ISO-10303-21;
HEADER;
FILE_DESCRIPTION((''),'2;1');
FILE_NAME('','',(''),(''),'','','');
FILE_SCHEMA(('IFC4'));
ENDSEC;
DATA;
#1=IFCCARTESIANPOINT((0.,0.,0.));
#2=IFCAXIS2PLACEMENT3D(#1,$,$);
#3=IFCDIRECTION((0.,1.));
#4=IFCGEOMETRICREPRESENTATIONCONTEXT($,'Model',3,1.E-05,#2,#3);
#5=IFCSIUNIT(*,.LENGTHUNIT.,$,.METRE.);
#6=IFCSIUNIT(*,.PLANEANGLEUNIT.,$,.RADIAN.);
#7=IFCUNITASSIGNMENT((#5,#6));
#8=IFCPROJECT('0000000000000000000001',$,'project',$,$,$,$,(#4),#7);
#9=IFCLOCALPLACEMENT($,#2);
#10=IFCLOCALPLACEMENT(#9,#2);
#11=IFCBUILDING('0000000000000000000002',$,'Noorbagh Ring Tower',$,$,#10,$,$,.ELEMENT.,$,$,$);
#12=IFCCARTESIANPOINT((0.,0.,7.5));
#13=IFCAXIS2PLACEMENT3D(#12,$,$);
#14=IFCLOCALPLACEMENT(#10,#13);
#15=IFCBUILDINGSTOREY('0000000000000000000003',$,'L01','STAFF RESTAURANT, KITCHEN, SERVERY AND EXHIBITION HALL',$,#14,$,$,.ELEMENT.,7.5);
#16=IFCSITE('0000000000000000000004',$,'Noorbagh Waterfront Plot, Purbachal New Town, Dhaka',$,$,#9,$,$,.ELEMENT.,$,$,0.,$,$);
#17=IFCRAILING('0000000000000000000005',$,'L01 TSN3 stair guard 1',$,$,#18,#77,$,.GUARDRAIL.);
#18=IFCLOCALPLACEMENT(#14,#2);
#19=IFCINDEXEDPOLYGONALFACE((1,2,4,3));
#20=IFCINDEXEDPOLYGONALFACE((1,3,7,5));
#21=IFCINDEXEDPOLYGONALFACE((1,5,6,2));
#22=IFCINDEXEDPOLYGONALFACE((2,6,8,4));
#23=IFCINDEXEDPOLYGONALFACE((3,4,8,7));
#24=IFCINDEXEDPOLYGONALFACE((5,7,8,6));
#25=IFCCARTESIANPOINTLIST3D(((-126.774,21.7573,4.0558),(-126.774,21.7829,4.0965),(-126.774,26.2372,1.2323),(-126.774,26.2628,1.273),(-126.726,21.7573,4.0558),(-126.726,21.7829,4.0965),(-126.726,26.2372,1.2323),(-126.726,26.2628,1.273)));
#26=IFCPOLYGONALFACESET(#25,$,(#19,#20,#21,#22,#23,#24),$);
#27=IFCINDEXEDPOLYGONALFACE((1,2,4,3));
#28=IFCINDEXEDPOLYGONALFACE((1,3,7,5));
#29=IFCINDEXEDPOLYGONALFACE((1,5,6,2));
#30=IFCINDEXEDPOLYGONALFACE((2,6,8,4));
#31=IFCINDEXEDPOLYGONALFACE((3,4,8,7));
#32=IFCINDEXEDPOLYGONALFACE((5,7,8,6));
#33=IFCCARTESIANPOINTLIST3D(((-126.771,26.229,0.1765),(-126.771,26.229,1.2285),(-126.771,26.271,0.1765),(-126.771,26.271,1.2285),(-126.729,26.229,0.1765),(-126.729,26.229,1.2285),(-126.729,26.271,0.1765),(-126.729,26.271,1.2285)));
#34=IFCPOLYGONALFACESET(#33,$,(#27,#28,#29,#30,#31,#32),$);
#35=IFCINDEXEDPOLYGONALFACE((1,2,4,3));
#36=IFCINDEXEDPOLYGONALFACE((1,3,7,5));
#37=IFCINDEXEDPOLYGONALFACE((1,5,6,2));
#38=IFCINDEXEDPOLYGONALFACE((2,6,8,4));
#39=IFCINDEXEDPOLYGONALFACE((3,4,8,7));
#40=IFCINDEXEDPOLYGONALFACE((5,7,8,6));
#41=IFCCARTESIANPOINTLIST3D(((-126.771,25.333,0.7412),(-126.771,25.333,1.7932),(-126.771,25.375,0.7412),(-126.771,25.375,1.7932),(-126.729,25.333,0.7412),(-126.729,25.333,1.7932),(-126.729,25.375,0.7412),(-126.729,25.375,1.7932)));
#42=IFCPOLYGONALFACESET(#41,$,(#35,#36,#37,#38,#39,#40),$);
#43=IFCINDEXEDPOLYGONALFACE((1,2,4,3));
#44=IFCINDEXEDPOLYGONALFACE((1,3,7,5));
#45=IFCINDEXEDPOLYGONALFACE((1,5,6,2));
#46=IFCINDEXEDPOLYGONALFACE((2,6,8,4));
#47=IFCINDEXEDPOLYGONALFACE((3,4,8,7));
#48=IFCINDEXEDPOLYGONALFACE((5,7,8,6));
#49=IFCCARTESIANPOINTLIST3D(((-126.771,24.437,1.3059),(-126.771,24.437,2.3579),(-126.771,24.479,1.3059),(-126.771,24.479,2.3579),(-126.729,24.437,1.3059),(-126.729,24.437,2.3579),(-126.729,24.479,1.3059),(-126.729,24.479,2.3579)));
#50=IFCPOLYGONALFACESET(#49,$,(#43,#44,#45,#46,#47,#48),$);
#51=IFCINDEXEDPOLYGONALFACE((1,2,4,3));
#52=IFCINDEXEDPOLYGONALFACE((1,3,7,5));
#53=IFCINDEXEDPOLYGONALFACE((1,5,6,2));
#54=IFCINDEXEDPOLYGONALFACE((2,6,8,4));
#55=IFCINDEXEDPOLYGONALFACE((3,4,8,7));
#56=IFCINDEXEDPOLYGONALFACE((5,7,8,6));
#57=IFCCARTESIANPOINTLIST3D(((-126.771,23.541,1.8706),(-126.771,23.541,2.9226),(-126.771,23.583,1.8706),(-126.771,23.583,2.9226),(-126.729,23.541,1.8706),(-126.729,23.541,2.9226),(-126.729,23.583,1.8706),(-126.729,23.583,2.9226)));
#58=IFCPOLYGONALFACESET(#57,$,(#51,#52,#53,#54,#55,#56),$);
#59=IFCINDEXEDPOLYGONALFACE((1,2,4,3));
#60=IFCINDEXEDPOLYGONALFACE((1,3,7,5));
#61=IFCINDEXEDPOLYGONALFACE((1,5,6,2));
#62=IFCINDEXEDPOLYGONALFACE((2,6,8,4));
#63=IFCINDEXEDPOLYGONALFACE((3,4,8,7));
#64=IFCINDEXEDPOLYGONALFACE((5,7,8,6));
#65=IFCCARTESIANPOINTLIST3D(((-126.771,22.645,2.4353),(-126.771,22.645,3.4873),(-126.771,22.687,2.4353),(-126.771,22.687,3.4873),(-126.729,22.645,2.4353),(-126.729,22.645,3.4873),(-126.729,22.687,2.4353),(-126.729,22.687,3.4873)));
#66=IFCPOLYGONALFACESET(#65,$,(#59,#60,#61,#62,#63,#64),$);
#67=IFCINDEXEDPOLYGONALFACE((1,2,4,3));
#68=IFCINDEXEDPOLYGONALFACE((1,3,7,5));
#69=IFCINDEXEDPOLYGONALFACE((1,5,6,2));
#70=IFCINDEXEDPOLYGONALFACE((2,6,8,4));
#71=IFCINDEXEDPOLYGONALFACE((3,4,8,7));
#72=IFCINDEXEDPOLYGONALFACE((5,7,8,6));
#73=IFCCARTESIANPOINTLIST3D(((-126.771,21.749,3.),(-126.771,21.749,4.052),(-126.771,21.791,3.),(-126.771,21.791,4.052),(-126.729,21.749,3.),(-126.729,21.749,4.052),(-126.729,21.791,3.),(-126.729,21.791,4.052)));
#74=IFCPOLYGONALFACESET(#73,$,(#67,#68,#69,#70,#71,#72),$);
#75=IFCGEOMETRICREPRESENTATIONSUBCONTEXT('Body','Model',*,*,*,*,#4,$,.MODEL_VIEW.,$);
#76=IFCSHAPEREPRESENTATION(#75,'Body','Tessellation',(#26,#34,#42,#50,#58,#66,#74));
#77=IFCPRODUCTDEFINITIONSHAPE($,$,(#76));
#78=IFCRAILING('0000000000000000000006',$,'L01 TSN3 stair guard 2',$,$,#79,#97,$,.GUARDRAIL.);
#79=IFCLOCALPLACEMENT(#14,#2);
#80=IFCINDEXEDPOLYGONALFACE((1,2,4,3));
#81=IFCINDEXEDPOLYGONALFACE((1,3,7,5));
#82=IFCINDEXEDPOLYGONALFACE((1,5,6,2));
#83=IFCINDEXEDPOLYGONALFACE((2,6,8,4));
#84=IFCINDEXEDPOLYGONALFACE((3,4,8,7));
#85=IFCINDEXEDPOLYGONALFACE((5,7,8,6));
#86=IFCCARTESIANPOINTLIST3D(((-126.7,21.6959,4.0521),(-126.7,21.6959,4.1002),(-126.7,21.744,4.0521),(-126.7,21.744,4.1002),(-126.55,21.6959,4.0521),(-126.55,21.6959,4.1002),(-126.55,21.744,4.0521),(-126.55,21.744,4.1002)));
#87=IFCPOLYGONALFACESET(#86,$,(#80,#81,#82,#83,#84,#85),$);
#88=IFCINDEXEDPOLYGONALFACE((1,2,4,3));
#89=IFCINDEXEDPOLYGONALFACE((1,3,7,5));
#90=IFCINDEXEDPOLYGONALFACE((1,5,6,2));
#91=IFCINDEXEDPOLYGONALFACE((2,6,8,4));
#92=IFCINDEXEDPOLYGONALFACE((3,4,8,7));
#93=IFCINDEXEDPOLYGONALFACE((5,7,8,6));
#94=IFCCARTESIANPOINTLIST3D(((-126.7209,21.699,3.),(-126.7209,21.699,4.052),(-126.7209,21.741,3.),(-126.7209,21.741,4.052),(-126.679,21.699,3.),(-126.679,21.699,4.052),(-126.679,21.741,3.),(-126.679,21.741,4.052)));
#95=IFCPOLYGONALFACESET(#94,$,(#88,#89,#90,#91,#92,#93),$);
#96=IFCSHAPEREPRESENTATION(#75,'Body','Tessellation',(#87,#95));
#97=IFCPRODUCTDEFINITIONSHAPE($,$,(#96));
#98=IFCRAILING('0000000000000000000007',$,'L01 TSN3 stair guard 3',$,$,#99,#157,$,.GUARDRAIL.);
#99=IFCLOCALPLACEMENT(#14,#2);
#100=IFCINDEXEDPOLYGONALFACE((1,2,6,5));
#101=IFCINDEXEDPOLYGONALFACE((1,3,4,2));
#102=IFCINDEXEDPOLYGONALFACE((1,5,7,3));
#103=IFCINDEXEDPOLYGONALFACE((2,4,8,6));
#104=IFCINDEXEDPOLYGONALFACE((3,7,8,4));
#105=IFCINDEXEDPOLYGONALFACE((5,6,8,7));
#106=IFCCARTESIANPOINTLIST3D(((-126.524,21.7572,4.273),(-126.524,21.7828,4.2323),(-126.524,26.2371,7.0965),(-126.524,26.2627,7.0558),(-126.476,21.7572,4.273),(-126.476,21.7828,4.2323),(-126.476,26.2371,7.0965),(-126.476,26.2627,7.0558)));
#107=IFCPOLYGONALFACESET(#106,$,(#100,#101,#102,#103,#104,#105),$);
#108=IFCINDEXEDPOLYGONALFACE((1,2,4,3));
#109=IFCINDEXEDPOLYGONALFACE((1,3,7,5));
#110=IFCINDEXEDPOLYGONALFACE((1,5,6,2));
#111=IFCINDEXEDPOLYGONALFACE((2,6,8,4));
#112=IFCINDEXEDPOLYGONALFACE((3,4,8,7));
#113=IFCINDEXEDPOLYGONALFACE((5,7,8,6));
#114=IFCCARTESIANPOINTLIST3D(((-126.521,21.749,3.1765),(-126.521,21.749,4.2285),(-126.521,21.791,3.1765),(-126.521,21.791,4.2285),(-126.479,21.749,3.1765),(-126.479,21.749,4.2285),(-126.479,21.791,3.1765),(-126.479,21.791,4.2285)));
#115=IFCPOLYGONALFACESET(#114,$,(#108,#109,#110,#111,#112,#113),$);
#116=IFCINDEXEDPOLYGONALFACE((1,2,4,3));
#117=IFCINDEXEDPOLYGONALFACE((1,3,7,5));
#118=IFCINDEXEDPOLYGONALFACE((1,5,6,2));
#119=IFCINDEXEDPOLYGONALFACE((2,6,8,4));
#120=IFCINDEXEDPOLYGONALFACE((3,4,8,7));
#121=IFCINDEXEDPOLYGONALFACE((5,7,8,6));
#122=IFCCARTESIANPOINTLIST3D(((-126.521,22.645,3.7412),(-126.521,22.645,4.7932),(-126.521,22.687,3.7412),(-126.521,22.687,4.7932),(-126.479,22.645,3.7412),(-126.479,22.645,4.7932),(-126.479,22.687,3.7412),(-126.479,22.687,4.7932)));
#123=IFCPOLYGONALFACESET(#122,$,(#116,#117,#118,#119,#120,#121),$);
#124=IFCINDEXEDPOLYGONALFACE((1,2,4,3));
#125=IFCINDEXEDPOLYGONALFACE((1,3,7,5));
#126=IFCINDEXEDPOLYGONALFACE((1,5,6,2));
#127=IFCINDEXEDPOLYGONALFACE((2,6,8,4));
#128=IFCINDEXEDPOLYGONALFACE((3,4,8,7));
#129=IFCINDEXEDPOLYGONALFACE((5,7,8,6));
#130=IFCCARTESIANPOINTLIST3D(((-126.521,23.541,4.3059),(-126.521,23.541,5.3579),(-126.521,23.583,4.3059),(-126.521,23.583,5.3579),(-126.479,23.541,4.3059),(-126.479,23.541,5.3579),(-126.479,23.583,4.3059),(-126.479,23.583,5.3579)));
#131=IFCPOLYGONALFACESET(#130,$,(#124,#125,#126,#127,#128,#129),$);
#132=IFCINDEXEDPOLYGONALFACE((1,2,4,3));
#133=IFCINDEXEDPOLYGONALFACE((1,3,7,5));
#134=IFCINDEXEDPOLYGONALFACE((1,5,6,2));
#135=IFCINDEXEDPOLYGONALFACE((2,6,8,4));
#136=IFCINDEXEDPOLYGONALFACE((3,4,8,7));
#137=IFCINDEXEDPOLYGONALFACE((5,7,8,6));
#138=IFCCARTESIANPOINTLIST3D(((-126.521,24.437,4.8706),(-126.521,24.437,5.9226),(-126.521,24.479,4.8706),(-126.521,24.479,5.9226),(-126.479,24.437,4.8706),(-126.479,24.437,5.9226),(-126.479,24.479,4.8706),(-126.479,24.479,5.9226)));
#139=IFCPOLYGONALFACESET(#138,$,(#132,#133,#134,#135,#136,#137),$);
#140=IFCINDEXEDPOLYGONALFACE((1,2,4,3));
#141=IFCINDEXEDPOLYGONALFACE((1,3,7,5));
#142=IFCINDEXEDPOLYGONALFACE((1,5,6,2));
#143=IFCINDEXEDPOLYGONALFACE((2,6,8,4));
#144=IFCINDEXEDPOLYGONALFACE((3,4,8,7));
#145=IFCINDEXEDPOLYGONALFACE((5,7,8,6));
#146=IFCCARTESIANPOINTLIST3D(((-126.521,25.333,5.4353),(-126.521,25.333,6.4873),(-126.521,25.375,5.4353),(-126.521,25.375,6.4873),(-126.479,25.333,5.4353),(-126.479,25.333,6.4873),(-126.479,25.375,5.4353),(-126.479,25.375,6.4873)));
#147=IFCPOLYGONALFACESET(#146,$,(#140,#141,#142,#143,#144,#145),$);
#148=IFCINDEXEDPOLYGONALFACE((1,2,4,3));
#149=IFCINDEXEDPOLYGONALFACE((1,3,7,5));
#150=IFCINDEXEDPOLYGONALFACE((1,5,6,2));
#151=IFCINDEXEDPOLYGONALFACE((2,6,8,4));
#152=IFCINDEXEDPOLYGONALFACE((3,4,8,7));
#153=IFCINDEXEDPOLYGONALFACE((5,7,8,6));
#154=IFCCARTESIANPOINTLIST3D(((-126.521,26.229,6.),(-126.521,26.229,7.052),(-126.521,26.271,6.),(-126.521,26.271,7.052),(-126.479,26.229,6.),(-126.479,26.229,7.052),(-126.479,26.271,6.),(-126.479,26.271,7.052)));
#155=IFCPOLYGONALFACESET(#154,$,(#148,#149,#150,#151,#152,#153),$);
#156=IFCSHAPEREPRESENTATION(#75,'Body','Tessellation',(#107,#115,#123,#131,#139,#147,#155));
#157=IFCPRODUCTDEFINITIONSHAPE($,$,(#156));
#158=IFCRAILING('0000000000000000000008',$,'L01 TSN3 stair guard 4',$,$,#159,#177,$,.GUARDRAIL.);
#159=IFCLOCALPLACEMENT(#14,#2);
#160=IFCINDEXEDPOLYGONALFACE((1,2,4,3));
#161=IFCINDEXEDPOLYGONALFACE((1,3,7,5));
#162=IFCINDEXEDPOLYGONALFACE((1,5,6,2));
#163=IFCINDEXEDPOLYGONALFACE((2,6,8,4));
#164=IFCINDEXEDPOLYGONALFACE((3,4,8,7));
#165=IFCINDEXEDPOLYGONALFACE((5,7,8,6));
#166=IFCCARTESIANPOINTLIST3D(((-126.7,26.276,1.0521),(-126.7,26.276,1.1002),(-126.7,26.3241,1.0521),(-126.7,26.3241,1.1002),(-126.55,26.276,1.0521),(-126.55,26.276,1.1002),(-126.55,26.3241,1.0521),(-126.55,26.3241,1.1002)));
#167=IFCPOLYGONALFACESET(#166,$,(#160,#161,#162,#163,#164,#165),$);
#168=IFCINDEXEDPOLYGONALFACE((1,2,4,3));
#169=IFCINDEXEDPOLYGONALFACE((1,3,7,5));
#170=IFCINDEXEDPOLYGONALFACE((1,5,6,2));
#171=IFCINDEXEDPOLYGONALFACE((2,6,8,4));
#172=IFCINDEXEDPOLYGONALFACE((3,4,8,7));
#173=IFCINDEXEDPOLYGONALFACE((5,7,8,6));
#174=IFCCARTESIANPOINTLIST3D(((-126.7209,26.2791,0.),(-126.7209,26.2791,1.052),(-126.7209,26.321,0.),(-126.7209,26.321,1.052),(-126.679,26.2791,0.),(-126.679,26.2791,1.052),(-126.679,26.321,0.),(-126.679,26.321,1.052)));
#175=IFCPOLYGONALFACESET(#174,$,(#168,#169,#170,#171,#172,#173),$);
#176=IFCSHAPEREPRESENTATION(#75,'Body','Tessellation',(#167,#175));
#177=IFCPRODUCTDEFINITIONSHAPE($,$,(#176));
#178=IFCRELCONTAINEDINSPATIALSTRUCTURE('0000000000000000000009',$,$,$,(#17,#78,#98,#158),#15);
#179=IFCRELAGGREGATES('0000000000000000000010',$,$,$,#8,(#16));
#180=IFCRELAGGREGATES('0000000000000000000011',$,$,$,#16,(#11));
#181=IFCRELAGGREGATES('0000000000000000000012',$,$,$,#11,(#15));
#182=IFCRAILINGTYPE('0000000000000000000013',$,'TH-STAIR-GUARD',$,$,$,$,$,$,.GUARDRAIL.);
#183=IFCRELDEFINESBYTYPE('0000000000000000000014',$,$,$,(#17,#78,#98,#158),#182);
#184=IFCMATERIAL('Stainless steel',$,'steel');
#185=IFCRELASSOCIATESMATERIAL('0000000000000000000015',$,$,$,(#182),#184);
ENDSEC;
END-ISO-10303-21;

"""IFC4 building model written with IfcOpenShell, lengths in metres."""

from ifc_helpers import new_model, si_unit, direction, frame, origin, origin_2d, place, context, subcontext, project, spatial, rectangle, extrude, material, type_object, element, save


model = new_model("IFC4")

# Units and contexts
model_context = context("Model", 3, precision=1e-05, world=origin(), true_north=direction((0.0, 1.0)))
body_context = subcontext(model_context, "Body", "Model", "MODEL_VIEW")
ifc_project = project(units=[si_unit("LENGTHUNIT", "METRE"), si_unit("PLANEANGLEUNIT", "RADIAN")], contexts=[model_context])

# Site, building, storey
site_placement = place(None, origin())
site = spatial("IfcSite", under=ifc_project, at=site_placement, Name="Noorbagh Waterfront Plot, Purbachal New Town, Dhaka", CompositionType="ELEMENT", RefElevation=0.0)
building_placement = place(site_placement, origin())
building = spatial("IfcBuilding", under=site, at=building_placement, Name="Noorbagh Ring Tower", CompositionType="ELEMENT")
storey_placement = place(building_placement, frame((0.0, 0.0, 7.5)))
storey = spatial("IfcBuildingStorey", under=building, at=storey_placement, Name="L01", Description="STAFF RESTAURANT, KITCHEN, SERVERY AND EXHIBITION HALL", CompositionType="ELEMENT", Elevation=7.5)

# Railings
ifc_material_1 = material(Name="Stainless steel", Category="steel")
railing_type_1 = type_object("IfcRailingType", Name="TH-STAIR-GUARD", PredefinedType="GUARDRAIL", material=ifc_material_1)
railing_1_placement = place(storey_placement, frame((-126.75, 26.25, 0.1765)))
element("IfcRailing", 1, at=railing_1_placement, inside=storey, type_object=railing_type_1, Name="L01 TSN3 stair guard 1", PredefinedType="GUARDRAIL", context=body_context, shape_type="SweptSolid", body=[
    extrude(rectangle(XDim=0.0481, YDim=0.0481, at=origin_2d()), frame((0.0, 0.0, 1.0762), z_axis=(0.0, -0.845998, 0.533186), x_axis=(1.0, 0.0, 0.0)), (0.0, 0.0, 1.0), 5.2954),
    extrude(rectangle(XDim=0.042, YDim=0.042, at=origin_2d()), origin(), (0.0, 0.0, 1.0), 1.052),
    extrude(rectangle(XDim=0.042, YDim=0.042, at=origin_2d()), frame((0.0, -0.896, 0.5647)), (0.0, 0.0, 1.0), 1.052),
    extrude(rectangle(XDim=0.042, YDim=0.042, at=origin_2d()), frame((0.0, -1.792, 1.1294)), (0.0, 0.0, 1.0), 1.052),
    extrude(rectangle(XDim=0.042, YDim=0.042, at=origin_2d()), frame((0.0, -2.688, 1.6941)), (0.0, 0.0, 1.0), 1.052),
    extrude(rectangle(XDim=0.042, YDim=0.042, at=origin_2d()), frame((0.0, -3.584, 2.2588)), (0.0, 0.0, 1.0), 1.052),
    extrude(rectangle(XDim=0.042, YDim=0.042, at=origin_2d()), frame((0.0, -4.48, 2.8235)), (0.0, 0.0, 1.0), 1.052),
])
railing_2_placement = place(storey_placement, frame((-126.7, 21.72, 3.0)))
element("IfcRailing", 2, at=railing_2_placement, inside=storey, type_object=railing_type_1, Name="L01 TSN3 stair guard 2", PredefinedType="GUARDRAIL", context=body_context, shape_type="SweptSolid", body=[
    extrude(rectangle(XDim=0.0481, YDim=0.0481, at=origin_2d()), frame((0.0, 0.0, 1.0762), z_axis=(1.0, 0.0, 0.0), x_axis=(0.0, 1.0, 0.0)), (0.0, 0.0, 1.0), 0.1499),
    extrude(rectangle(XDim=0.042, YDim=0.042, at=origin_2d()), origin(), (0.0, 0.0, 1.0), 1.052),
])
railing_3_placement = place(storey_placement, frame((-126.5, 21.77, 3.1765)))
element("IfcRailing", 3, at=railing_3_placement, inside=storey, type_object=railing_type_1, Name="L01 TSN3 stair guard 3", PredefinedType="GUARDRAIL", context=body_context, shape_type="SweptSolid", body=[
    extrude(rectangle(XDim=0.0481, YDim=0.0481, at=origin_2d()), frame((0.0, 0.0, 1.0762), z_axis=(0.0, 0.845998, 0.533186), x_axis=(-1.0, 0.0, 0.0)), (0.0, 0.0, 1.0), 5.2954),
    extrude(rectangle(XDim=0.042, YDim=0.042, at=origin_2d()), origin(), (0.0, 0.0, 1.0), 1.052),
    extrude(rectangle(XDim=0.042, YDim=0.042, at=origin_2d()), frame((0.0, 0.896, 0.5647)), (0.0, 0.0, 1.0), 1.052),
    extrude(rectangle(XDim=0.042, YDim=0.042, at=origin_2d()), frame((0.0, 1.792, 1.1294)), (0.0, 0.0, 1.0), 1.052),
    extrude(rectangle(XDim=0.042, YDim=0.042, at=origin_2d()), frame((0.0, 2.688, 1.6941)), (0.0, 0.0, 1.0), 1.052),
    extrude(rectangle(XDim=0.042, YDim=0.042, at=origin_2d()), frame((0.0, 3.584, 2.2588)), (0.0, 0.0, 1.0), 1.052),
    extrude(rectangle(XDim=0.042, YDim=0.042, at=origin_2d()), frame((0.0, 4.48, 2.8235)), (0.0, 0.0, 1.0), 1.052),
])
railing_4_placement = place(storey_placement, frame((-126.7, 26.3, 0.0)))
element("IfcRailing", 4, at=railing_4_placement, inside=storey, type_object=railing_type_1, Name="L01 TSN3 stair guard 4", PredefinedType="GUARDRAIL", context=body_context, shape_type="SweptSolid", body=[
    extrude(rectangle(XDim=0.0481, YDim=0.0481, at=origin_2d()), frame((0.0, 0.0, 1.0762), z_axis=(1.0, 0.0, 0.0), x_axis=(0.0, 1.0, 0.0)), (0.0, 0.0, 1.0), 0.1499),
    extrude(rectangle(XDim=0.042, YDim=0.042, at=origin_2d()), origin(), (0.0, 0.0, 1.0), 1.052),
])

save(model, "model.ifc")
